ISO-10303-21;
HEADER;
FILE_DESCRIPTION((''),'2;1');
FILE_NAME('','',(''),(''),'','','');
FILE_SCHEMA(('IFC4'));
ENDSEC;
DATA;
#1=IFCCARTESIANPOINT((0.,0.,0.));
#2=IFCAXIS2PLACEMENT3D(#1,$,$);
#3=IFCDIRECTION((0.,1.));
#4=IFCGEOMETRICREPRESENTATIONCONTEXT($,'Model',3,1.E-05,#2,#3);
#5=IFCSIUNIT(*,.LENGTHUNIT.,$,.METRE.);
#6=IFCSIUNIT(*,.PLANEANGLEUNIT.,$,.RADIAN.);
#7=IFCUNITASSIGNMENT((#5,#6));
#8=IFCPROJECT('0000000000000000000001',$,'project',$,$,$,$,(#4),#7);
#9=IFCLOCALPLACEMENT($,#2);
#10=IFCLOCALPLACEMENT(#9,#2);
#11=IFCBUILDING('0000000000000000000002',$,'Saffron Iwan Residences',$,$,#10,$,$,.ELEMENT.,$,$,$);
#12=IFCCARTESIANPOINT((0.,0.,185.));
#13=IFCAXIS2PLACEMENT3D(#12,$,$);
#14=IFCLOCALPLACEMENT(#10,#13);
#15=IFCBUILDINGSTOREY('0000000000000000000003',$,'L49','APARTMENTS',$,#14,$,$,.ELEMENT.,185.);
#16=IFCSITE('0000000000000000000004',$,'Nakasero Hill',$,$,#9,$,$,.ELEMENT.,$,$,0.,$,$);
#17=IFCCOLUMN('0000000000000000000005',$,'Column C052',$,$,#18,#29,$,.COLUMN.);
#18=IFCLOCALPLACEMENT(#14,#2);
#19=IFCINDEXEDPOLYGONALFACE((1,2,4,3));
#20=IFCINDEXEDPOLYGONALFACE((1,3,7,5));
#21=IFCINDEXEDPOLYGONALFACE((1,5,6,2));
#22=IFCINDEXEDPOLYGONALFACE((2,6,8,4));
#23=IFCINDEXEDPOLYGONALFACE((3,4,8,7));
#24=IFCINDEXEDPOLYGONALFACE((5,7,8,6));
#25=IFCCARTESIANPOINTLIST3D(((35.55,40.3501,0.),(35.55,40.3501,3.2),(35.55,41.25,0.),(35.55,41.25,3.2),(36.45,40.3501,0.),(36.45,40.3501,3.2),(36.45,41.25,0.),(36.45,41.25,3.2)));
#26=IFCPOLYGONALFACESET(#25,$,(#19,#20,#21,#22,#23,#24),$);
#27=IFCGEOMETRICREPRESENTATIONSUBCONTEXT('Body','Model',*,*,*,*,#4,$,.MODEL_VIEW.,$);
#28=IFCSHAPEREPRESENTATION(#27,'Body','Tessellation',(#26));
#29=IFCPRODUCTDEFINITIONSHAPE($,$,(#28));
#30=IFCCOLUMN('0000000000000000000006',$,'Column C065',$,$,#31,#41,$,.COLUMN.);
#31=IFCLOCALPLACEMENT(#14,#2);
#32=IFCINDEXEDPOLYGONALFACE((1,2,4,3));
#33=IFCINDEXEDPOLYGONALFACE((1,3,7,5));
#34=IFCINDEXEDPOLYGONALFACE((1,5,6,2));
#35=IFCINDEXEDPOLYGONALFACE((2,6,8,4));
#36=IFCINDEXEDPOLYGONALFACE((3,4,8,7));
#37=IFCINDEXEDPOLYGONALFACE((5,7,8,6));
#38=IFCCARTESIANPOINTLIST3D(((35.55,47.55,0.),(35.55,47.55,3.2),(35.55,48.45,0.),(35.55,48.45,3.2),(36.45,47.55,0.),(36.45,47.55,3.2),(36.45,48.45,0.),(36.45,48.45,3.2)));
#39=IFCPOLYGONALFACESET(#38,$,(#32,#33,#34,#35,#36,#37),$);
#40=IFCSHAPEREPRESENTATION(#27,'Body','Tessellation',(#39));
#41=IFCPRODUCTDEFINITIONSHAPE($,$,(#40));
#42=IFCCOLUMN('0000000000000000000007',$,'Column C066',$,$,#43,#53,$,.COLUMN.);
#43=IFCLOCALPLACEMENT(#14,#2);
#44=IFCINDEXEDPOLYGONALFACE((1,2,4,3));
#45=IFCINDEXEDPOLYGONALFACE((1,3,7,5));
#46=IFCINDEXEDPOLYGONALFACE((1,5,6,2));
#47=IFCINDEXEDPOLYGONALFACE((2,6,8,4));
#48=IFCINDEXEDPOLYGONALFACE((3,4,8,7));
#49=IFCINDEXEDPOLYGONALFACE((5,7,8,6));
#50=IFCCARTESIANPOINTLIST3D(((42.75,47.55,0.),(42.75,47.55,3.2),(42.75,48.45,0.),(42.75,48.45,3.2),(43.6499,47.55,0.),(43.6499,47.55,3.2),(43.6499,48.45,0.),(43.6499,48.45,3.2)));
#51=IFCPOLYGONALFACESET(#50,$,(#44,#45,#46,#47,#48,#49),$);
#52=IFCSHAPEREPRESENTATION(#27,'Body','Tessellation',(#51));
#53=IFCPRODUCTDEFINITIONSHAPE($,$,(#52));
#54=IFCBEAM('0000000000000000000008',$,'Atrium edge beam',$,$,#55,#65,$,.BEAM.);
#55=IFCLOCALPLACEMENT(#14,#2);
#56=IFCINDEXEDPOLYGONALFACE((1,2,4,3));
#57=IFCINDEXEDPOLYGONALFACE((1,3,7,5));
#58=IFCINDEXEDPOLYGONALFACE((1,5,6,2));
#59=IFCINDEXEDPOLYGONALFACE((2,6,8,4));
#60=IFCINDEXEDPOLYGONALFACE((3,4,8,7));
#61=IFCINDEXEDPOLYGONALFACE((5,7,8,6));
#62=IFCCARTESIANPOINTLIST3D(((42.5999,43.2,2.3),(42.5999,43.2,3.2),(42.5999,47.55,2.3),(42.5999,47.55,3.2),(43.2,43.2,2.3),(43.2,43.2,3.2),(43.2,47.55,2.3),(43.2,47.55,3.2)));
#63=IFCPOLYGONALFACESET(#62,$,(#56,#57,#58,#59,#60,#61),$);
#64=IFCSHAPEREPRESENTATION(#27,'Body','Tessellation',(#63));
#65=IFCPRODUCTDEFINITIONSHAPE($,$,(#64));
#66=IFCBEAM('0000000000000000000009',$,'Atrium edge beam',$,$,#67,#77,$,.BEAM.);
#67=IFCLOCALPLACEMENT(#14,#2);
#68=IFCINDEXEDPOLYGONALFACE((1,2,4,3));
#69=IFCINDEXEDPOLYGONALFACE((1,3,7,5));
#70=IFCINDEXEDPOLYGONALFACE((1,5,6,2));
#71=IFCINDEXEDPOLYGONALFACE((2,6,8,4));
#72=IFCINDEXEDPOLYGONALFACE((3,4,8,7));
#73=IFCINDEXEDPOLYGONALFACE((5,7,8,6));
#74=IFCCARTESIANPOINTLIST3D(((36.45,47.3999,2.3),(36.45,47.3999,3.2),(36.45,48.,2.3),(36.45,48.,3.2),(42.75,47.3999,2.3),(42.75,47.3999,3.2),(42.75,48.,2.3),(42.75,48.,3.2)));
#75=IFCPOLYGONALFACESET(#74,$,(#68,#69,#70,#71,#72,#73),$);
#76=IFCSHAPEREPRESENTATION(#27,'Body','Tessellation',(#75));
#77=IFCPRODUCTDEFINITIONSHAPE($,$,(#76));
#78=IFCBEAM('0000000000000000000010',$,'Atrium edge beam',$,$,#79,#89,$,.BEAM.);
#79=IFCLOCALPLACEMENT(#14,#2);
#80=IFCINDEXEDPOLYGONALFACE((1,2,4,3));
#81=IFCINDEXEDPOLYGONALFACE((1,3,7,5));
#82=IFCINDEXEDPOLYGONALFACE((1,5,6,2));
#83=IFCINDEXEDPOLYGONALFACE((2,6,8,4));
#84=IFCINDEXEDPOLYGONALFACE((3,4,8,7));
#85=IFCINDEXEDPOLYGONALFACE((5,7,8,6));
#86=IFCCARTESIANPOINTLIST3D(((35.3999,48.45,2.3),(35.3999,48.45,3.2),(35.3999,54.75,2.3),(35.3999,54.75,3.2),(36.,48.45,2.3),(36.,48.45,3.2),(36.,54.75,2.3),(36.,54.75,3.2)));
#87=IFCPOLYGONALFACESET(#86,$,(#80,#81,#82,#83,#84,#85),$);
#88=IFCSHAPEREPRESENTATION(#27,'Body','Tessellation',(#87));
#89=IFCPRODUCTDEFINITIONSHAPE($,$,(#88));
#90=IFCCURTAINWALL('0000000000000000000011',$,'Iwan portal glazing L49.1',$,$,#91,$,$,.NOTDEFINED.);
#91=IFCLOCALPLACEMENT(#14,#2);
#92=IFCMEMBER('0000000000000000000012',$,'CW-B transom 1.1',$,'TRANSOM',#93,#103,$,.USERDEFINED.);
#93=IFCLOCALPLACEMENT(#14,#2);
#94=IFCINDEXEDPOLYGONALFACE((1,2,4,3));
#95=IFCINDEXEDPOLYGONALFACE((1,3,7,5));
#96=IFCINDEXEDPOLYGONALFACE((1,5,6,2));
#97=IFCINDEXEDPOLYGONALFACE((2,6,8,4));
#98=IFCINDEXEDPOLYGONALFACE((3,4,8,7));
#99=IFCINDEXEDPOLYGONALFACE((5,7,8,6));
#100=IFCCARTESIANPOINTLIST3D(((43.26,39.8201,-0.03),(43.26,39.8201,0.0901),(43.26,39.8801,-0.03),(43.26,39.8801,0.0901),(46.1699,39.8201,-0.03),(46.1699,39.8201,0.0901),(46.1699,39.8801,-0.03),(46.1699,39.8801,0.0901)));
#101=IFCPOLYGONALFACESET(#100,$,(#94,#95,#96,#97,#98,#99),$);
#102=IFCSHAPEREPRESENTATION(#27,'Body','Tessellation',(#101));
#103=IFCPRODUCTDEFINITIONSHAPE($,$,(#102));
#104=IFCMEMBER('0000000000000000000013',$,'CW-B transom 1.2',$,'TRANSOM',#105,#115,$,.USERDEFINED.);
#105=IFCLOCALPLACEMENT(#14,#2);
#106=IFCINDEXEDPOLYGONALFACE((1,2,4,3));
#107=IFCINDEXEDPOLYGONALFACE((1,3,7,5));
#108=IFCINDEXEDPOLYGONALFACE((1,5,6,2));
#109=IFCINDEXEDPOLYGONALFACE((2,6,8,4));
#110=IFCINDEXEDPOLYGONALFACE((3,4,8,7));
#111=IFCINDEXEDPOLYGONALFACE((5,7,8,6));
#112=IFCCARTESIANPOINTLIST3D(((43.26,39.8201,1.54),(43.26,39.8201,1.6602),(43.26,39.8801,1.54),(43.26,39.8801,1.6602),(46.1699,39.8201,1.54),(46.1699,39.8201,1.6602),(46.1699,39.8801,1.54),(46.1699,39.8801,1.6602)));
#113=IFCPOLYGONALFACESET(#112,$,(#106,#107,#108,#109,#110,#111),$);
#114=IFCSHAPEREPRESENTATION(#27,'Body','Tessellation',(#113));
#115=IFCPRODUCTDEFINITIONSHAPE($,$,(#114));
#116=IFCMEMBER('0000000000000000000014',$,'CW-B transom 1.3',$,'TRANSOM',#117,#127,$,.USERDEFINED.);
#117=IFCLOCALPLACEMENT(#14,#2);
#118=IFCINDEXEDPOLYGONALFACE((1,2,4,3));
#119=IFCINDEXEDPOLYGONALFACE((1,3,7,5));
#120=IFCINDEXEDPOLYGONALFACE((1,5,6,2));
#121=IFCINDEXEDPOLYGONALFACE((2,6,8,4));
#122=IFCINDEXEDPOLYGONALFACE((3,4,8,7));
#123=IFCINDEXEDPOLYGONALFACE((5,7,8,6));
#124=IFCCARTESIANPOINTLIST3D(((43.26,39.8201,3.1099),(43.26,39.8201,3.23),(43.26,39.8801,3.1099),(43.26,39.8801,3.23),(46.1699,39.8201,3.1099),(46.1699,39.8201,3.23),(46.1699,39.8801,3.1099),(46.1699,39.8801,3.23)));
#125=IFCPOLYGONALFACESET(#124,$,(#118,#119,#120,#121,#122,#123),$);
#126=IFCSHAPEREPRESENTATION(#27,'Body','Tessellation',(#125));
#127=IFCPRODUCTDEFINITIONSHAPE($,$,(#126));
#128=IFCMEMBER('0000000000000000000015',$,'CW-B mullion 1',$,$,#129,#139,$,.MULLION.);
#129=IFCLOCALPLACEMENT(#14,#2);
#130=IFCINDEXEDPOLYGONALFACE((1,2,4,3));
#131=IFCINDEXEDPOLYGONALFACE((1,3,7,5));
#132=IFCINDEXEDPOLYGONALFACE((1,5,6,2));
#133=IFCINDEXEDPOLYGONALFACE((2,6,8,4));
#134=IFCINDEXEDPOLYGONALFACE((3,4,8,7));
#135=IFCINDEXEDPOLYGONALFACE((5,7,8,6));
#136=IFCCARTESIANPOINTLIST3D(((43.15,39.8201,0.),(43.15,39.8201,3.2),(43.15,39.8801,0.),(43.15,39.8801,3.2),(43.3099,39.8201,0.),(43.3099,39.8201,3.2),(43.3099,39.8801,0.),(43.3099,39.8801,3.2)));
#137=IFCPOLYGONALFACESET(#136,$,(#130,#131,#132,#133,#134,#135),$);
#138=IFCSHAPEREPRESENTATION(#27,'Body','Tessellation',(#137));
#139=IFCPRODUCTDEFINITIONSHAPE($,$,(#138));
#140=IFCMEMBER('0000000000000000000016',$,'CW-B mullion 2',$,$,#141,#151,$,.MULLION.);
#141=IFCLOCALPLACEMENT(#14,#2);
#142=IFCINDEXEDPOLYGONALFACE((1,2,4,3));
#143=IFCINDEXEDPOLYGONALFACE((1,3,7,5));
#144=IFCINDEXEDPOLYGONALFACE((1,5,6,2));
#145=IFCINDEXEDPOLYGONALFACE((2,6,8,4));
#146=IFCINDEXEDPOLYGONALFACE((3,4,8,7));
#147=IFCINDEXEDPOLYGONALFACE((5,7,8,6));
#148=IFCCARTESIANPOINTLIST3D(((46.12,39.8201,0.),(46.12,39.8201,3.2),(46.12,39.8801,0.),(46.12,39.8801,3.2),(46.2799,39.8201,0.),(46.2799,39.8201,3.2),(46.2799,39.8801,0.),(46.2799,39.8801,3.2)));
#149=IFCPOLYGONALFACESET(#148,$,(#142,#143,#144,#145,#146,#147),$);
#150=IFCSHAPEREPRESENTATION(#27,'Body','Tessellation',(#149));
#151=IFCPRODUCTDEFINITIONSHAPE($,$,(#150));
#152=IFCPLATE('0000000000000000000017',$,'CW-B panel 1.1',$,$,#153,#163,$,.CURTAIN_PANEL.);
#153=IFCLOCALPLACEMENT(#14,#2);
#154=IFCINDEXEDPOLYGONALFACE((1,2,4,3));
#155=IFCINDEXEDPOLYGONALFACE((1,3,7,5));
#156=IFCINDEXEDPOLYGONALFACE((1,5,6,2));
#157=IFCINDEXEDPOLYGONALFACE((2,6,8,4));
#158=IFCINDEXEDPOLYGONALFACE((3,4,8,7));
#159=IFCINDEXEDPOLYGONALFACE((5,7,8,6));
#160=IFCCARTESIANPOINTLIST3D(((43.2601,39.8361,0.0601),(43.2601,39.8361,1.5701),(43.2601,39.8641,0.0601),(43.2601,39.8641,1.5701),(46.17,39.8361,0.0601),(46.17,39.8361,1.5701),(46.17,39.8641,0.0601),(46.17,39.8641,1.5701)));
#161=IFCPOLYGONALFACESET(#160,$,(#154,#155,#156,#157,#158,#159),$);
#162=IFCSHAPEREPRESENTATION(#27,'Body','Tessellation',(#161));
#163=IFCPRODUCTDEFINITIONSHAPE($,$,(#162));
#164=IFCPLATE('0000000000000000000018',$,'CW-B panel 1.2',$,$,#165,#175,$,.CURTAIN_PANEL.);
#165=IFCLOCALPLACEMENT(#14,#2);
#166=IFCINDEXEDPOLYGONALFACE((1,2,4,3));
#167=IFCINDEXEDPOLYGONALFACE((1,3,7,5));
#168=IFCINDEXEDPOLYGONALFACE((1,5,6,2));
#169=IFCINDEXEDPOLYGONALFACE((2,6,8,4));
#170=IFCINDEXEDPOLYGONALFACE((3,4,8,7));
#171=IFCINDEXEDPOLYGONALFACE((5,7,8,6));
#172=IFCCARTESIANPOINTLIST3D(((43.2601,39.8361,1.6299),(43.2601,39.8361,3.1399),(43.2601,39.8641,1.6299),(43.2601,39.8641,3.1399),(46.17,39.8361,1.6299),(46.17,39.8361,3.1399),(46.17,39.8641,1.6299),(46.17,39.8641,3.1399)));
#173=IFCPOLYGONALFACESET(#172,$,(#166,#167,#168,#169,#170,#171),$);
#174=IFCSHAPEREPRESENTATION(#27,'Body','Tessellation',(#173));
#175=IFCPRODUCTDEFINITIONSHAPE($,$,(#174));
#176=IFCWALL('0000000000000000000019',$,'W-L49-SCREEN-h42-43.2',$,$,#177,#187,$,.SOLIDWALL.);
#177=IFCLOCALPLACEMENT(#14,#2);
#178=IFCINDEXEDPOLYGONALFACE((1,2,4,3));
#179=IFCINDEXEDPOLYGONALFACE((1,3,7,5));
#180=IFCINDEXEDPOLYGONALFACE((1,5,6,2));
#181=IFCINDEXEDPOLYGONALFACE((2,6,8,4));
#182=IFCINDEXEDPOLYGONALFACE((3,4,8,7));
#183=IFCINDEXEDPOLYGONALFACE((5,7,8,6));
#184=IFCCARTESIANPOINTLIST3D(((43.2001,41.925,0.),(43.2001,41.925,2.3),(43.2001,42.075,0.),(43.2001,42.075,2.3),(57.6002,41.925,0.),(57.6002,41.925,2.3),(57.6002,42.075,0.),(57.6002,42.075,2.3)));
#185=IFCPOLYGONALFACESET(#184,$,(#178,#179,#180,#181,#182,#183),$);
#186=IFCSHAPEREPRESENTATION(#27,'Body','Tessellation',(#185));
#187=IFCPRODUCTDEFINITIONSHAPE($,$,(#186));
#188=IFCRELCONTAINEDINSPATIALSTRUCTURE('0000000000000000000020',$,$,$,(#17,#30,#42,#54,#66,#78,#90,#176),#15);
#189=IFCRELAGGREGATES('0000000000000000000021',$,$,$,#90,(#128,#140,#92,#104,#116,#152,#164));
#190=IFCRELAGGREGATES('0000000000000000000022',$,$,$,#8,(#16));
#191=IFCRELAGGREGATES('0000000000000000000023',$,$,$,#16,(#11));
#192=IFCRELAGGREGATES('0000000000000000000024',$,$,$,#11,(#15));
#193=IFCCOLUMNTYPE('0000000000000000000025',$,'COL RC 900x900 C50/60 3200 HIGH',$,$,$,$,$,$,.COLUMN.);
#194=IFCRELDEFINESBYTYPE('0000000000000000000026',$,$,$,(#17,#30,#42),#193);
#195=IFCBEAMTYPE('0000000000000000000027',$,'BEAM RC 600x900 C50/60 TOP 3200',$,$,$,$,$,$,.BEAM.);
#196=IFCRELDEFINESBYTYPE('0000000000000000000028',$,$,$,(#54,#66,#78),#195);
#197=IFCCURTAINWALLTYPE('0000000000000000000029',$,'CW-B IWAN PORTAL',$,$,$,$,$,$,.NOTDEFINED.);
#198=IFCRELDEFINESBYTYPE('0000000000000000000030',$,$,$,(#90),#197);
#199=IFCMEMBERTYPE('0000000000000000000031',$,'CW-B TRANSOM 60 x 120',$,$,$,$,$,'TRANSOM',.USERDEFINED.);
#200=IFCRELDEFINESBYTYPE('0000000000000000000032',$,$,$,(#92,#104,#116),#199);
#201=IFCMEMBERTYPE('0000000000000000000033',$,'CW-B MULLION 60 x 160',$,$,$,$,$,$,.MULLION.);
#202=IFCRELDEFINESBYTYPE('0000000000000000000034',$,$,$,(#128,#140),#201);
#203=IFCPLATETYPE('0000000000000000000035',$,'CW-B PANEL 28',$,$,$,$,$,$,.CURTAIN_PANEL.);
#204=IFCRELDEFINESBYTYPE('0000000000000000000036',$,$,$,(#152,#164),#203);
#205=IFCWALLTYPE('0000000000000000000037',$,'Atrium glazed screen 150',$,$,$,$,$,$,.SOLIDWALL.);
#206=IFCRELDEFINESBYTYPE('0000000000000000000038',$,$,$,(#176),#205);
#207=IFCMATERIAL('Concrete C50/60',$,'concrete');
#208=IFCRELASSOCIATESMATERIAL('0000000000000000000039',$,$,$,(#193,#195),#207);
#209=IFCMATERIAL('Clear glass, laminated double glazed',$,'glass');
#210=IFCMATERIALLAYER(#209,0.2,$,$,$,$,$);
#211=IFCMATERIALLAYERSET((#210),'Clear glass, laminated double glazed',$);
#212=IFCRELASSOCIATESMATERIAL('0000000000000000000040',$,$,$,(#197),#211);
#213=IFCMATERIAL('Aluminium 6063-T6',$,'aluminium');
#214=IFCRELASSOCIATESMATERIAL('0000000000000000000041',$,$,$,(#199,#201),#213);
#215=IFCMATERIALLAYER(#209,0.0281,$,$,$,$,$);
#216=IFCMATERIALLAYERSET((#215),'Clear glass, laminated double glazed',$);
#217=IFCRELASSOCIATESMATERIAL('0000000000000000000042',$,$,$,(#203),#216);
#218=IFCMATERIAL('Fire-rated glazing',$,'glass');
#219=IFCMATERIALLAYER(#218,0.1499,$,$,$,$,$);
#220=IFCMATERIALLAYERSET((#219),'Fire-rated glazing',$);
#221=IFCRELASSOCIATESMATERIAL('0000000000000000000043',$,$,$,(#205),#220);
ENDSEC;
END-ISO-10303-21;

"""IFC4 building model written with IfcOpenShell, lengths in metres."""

from ifc_helpers import new_model, si_unit, direction, frame, frame_2d, origin, origin_2d, place, context, subcontext, project, spatial, rectangle, extrude, source, transform, mapped, material, layer, layer_set, material_profile, profile_set, type_object, element, aggregate, save


model = new_model("IFC4")

# Units and contexts
model_context = context("Model", 3, precision=1e-05, world=origin(), true_north=direction((0.0, 1.0)))
body_context = subcontext(model_context, "Body", "Model", "MODEL_VIEW")
ifc_project = project(units=[si_unit("LENGTHUNIT", "METRE"), si_unit("PLANEANGLEUNIT", "RADIAN")], contexts=[model_context])

# Site, building, storey
site_placement = place(None, origin())
site = spatial("IfcSite", under=ifc_project, at=site_placement, Name="Nakasero Hill", CompositionType="ELEMENT", RefElevation=0.0)
building_placement = place(site_placement, origin())
building = spatial("IfcBuilding", under=site, at=building_placement, Name="Saffron Iwan Residences", CompositionType="ELEMENT")
storey_placement = place(building_placement, frame((0.0, 0.0, 185.0)))
storey = spatial("IfcBuildingStorey", under=building, at=storey_placement, Name="L49", Description="APARTMENTS", CompositionType="ELEMENT", Elevation=185.0)

# Columns
ifc_material_1 = material(Name="Concrete C50/60", Category="concrete")
ifc_material_profile_1 = material_profile(ifc_material_1, rectangle(XDim=0.8999, YDim=0.8999, at=origin_2d()), Name="RC 900x900")
ifc_profile_set_1 = profile_set([ifc_material_profile_1], Name="Concrete C50/60")
column_type = type_object("IfcColumnType", Name="COL RC 900x900 C50/60 3200 HIGH", PredefinedType="COLUMN", material=ifc_profile_set_1)
shared_shape_1 = source(origin(), body_context, "Body", "SweptSolid", [
    extrude(rectangle(XDim=0.8999, YDim=0.8999, at=origin_2d()), origin(), (0.0, 0.0, 1.0), 3.2),
])
for number, where, z_axis, x_axis, name in (
    (1, (36.0, 40.8, 0.0), (0.0, 0.0, 1.0), (1.0, 0.0, 0.0), "Column C052"),
    (2, (36.0, 48.0, 0.0), (0.0, 0.0, 1.0), (1.0, 0.0, 0.0), "Column C065"),
    (3, (43.2, 48.0, 0.0), (0.0, 0.0, 1.0), (1.0, 0.0, 0.0), "Column C066"),
):
    element("IfcColumn", number, at=place(storey_placement, frame(where, z_axis=z_axis, x_axis=x_axis)), inside=storey, type_object=column_type, Name=name, PredefinedType="COLUMN", context=body_context, shape_type="MappedRepresentation", body=[
        mapped(shared_shape_1, transform((0.0, 0.0, 0.0))),
    ])

# Beams
ifc_material_profile_2 = material_profile(ifc_material_1, rectangle(XDim=0.6001, YDim=0.8999, at=origin_2d()), Name="RC 600x900")
ifc_profile_set_2 = profile_set([ifc_material_profile_2], Name="Concrete C50/60")
beam_type = type_object("IfcBeamType", Name="BEAM RC 600x900 C50/60 TOP 3200", PredefinedType="BEAM", material=ifc_profile_set_2)
shared_shape_2 = source(origin(), body_context, "Body", "SweptSolid", [
    extrude(rectangle(XDim=0.6001, YDim=0.8999, at=origin_2d()), origin(), (0.0, 0.0, 1.0), 4.3501),
])
beam_placement = place(storey_placement, frame((42.8999, 43.2, 2.75), z_axis=(0.0, 1.0, 0.0), x_axis=(-1.0, 0.0, 0.0)))
element("IfcBeam", 4, at=beam_placement, inside=storey, type_object=beam_type, Name="Atrium edge beam", PredefinedType="BEAM", context=body_context, shape_type="MappedRepresentation", body=[
    mapped(shared_shape_2, transform((0.0, 0.0, 0.0))),
])
shared_shape_3 = source(origin(), body_context, "Body", "SweptSolid", [
    extrude(rectangle(XDim=0.6001, YDim=0.8999, at=origin_2d()), origin(), (0.0, 0.0, 1.0), 6.3),
])
for number, where, z_axis, x_axis, name in (
    (5, (42.75, 47.7, 2.75), (-1.0, 0.0, 0.0), (0.0, -1.0, 0.0), "Atrium edge beam"),
    (6, (35.7, 48.45, 2.75), (0.0, 1.0, 0.0), (-1.0, 0.0, 0.0), "Atrium edge beam"),
):
    element("IfcBeam", number, at=place(storey_placement, frame(where, z_axis=z_axis, x_axis=x_axis)), inside=storey, type_object=beam_type, Name=name, PredefinedType="BEAM", context=body_context, shape_type="MappedRepresentation", body=[
        mapped(shared_shape_3, transform((0.0, 0.0, 0.0))),
    ])

# Curtain wall, members, plates
ifc_material_2 = material(Name="Clear glass, laminated double glazed", Category="glass")
ifc_layer_1 = layer(ifc_material_2, 0.2)
ifc_layer_set_1 = layer_set([ifc_layer_1], Name="Clear glass, laminated double glazed")
curtain_wall_type = type_object("IfcCurtainWallType", Name="CW-B IWAN PORTAL", PredefinedType="NOTDEFINED", material=ifc_layer_set_1)
curtain_wall_placement = place(storey_placement, origin())
curtain_wall = element("IfcCurtainWall", 7, at=curtain_wall_placement, inside=storey, type_object=curtain_wall_type, Name="Iwan portal glazing L49.1", PredefinedType="NOTDEFINED")
ifc_material_3 = material(Name="Aluminium 6063-T6", Category="aluminium")
ifc_material_profile_3 = material_profile(ifc_material_3, rectangle(XDim=0.0601, YDim=0.1201, at=origin_2d()), Name="CW-B TRANSOM 60 x 120")
ifc_profile_set_3 = profile_set([ifc_material_profile_3], Name="Aluminium 6063-T6")
member_type_1 = type_object("IfcMemberType", Name="CW-B TRANSOM 60 x 120", ElementType="TRANSOM", PredefinedType="USERDEFINED", material=ifc_profile_set_3)
shared_shape_4 = source(origin(), body_context, "Body", "SweptSolid", [
    extrude(rectangle(XDim=0.0601, YDim=0.1201, at=origin_2d()), origin(), (0.0, 0.0, 1.0), 2.9099),
])
member_1_placement = place(storey_placement, frame((43.26, 39.8501, 0.03), z_axis=(1.0, 0.0, 0.0), x_axis=(0.0, 1.0, 0.0)))
member_1 = element("IfcMember", 8, at=member_1_placement, type_object=member_type_1, Name="CW-B transom 1.1", ObjectType="TRANSOM", PredefinedType="USERDEFINED", context=body_context, shape_type="MappedRepresentation", body=[
    mapped(shared_shape_4, transform((0.0, 0.0, 0.0))),
])
member_2_placement = place(storey_placement, frame((43.26, 39.8501, 1.6001), z_axis=(1.0, 0.0, 0.0), x_axis=(0.0, 1.0, 0.0)))
member_2 = element("IfcMember", 9, at=member_2_placement, type_object=member_type_1, Name="CW-B transom 1.2", ObjectType="TRANSOM", PredefinedType="USERDEFINED", context=body_context, shape_type="MappedRepresentation", body=[
    mapped(shared_shape_4, transform((0.0, 0.0, 0.0))),
])
member_3_placement = place(storey_placement, frame((43.26, 39.8501, 3.1699), z_axis=(1.0, 0.0, 0.0), x_axis=(0.0, 1.0, 0.0)))
member_3 = element("IfcMember", 10, at=member_3_placement, type_object=member_type_1, Name="CW-B transom 1.3", ObjectType="TRANSOM", PredefinedType="USERDEFINED", context=body_context, shape_type="MappedRepresentation", body=[
    mapped(shared_shape_4, transform((0.0, 0.0, 0.0))),
])
ifc_material_profile_4 = material_profile(ifc_material_3, rectangle(XDim=0.0601, YDim=0.1599, at=origin_2d()), Name="CW-B MULLION 60 x 160")
ifc_profile_set_4 = profile_set([ifc_material_profile_4], Name="Aluminium 6063-T6")
member_type_2 = type_object("IfcMemberType", Name="CW-B MULLION 60 x 160", PredefinedType="MULLION", material=ifc_profile_set_4)
shared_shape_5 = source(origin(), body_context, "Body", "SweptSolid", [
    extrude(rectangle(XDim=0.0601, YDim=0.1599, at=origin_2d()), origin(), (0.0, 0.0, 1.0), 3.2),
])
member_4_placement = place(storey_placement, frame((43.23, 39.8501, 0.0), z_axis=(0.0, 0.0, 1.0), x_axis=(0.0, 1.0, 0.0)))
member_4 = element("IfcMember", 11, at=member_4_placement, type_object=member_type_2, Name="CW-B mullion 1", PredefinedType="MULLION", context=body_context, shape_type="MappedRepresentation", body=[
    mapped(shared_shape_5, transform((0.0, 0.0, 0.0))),
])
member_5_placement = place(storey_placement, frame((46.2, 39.8501, 0.0), z_axis=(0.0, 0.0, 1.0), x_axis=(0.0, 1.0, 0.0)))
member_5 = element("IfcMember", 12, at=member_5_placement, type_object=member_type_2, Name="CW-B mullion 2", PredefinedType="MULLION", context=body_context, shape_type="MappedRepresentation", body=[
    mapped(shared_shape_5, transform((0.0, 0.0, 0.0))),
])
ifc_layer_2 = layer(ifc_material_2, 0.0281)
ifc_layer_set_2 = layer_set([ifc_layer_2], Name="Clear glass, laminated double glazed")
plate_type = type_object("IfcPlateType", Name="CW-B PANEL 28", PredefinedType="CURTAIN_PANEL", material=ifc_layer_set_2)
shared_shape_6 = source(origin(), body_context, "Body", "SweptSolid", [
    extrude(rectangle(XDim=2.9099, YDim=0.0281, at=origin_2d()), origin(), (0.0, 0.0, 1.0), 1.51),
])
plate_1_placement = place(storey_placement, frame((44.7151, 39.8501, 0.0601), z_axis=(0.0, 0.0, 1.0), x_axis=(1.0, 0.0, 0.0)))
plate_1 = element("IfcPlate", 13, at=plate_1_placement, type_object=plate_type, Name="CW-B panel 1.1", PredefinedType="CURTAIN_PANEL", context=body_context, shape_type="MappedRepresentation", body=[
    mapped(shared_shape_6, transform((0.0, 0.0, 0.0))),
])
plate_2_placement = place(storey_placement, frame((44.7151, 39.8501, 1.6299), z_axis=(0.0, 0.0, 1.0), x_axis=(1.0, 0.0, 0.0)))
plate_2 = element("IfcPlate", 14, at=plate_2_placement, type_object=plate_type, Name="CW-B panel 1.2", PredefinedType="CURTAIN_PANEL", context=body_context, shape_type="MappedRepresentation", body=[
    mapped(shared_shape_6, transform((0.0, 0.0, 0.0))),
])
aggregate(curtain_wall, [member_4, member_5, member_1, member_2, member_3, plate_1, plate_2])

# Wall
ifc_material_4 = material(Name="Fire-rated glazing", Category="glass")
ifc_layer_3 = layer(ifc_material_4, 0.1499)
ifc_layer_set_3 = layer_set([ifc_layer_3], Name="Fire-rated glazing")
wall_type_1 = type_object("IfcWallType", Name="Atrium glazed screen 150", PredefinedType="SOLIDWALL", material=ifc_layer_set_3)
wall_1_placement = place(storey_placement, frame((43.2, 42.0, 0.0), z_axis=(0.0, 0.0, 1.0), x_axis=(1.0, 0.0, 0.0)))
element("IfcWall", 15, at=wall_1_placement, inside=storey, type_object=wall_type_1, Name="W-L49-SCREEN-h42-43.2", PredefinedType="SOLIDWALL", context=body_context, shape_type="SweptSolid", body=[
    extrude(rectangle(XDim=14.4001, YDim=0.1499, at=frame_2d((7.2002, 0.0))), origin(), (0.0, 0.0, 1.0), 2.3),
])

save(model, "model.ifc")
